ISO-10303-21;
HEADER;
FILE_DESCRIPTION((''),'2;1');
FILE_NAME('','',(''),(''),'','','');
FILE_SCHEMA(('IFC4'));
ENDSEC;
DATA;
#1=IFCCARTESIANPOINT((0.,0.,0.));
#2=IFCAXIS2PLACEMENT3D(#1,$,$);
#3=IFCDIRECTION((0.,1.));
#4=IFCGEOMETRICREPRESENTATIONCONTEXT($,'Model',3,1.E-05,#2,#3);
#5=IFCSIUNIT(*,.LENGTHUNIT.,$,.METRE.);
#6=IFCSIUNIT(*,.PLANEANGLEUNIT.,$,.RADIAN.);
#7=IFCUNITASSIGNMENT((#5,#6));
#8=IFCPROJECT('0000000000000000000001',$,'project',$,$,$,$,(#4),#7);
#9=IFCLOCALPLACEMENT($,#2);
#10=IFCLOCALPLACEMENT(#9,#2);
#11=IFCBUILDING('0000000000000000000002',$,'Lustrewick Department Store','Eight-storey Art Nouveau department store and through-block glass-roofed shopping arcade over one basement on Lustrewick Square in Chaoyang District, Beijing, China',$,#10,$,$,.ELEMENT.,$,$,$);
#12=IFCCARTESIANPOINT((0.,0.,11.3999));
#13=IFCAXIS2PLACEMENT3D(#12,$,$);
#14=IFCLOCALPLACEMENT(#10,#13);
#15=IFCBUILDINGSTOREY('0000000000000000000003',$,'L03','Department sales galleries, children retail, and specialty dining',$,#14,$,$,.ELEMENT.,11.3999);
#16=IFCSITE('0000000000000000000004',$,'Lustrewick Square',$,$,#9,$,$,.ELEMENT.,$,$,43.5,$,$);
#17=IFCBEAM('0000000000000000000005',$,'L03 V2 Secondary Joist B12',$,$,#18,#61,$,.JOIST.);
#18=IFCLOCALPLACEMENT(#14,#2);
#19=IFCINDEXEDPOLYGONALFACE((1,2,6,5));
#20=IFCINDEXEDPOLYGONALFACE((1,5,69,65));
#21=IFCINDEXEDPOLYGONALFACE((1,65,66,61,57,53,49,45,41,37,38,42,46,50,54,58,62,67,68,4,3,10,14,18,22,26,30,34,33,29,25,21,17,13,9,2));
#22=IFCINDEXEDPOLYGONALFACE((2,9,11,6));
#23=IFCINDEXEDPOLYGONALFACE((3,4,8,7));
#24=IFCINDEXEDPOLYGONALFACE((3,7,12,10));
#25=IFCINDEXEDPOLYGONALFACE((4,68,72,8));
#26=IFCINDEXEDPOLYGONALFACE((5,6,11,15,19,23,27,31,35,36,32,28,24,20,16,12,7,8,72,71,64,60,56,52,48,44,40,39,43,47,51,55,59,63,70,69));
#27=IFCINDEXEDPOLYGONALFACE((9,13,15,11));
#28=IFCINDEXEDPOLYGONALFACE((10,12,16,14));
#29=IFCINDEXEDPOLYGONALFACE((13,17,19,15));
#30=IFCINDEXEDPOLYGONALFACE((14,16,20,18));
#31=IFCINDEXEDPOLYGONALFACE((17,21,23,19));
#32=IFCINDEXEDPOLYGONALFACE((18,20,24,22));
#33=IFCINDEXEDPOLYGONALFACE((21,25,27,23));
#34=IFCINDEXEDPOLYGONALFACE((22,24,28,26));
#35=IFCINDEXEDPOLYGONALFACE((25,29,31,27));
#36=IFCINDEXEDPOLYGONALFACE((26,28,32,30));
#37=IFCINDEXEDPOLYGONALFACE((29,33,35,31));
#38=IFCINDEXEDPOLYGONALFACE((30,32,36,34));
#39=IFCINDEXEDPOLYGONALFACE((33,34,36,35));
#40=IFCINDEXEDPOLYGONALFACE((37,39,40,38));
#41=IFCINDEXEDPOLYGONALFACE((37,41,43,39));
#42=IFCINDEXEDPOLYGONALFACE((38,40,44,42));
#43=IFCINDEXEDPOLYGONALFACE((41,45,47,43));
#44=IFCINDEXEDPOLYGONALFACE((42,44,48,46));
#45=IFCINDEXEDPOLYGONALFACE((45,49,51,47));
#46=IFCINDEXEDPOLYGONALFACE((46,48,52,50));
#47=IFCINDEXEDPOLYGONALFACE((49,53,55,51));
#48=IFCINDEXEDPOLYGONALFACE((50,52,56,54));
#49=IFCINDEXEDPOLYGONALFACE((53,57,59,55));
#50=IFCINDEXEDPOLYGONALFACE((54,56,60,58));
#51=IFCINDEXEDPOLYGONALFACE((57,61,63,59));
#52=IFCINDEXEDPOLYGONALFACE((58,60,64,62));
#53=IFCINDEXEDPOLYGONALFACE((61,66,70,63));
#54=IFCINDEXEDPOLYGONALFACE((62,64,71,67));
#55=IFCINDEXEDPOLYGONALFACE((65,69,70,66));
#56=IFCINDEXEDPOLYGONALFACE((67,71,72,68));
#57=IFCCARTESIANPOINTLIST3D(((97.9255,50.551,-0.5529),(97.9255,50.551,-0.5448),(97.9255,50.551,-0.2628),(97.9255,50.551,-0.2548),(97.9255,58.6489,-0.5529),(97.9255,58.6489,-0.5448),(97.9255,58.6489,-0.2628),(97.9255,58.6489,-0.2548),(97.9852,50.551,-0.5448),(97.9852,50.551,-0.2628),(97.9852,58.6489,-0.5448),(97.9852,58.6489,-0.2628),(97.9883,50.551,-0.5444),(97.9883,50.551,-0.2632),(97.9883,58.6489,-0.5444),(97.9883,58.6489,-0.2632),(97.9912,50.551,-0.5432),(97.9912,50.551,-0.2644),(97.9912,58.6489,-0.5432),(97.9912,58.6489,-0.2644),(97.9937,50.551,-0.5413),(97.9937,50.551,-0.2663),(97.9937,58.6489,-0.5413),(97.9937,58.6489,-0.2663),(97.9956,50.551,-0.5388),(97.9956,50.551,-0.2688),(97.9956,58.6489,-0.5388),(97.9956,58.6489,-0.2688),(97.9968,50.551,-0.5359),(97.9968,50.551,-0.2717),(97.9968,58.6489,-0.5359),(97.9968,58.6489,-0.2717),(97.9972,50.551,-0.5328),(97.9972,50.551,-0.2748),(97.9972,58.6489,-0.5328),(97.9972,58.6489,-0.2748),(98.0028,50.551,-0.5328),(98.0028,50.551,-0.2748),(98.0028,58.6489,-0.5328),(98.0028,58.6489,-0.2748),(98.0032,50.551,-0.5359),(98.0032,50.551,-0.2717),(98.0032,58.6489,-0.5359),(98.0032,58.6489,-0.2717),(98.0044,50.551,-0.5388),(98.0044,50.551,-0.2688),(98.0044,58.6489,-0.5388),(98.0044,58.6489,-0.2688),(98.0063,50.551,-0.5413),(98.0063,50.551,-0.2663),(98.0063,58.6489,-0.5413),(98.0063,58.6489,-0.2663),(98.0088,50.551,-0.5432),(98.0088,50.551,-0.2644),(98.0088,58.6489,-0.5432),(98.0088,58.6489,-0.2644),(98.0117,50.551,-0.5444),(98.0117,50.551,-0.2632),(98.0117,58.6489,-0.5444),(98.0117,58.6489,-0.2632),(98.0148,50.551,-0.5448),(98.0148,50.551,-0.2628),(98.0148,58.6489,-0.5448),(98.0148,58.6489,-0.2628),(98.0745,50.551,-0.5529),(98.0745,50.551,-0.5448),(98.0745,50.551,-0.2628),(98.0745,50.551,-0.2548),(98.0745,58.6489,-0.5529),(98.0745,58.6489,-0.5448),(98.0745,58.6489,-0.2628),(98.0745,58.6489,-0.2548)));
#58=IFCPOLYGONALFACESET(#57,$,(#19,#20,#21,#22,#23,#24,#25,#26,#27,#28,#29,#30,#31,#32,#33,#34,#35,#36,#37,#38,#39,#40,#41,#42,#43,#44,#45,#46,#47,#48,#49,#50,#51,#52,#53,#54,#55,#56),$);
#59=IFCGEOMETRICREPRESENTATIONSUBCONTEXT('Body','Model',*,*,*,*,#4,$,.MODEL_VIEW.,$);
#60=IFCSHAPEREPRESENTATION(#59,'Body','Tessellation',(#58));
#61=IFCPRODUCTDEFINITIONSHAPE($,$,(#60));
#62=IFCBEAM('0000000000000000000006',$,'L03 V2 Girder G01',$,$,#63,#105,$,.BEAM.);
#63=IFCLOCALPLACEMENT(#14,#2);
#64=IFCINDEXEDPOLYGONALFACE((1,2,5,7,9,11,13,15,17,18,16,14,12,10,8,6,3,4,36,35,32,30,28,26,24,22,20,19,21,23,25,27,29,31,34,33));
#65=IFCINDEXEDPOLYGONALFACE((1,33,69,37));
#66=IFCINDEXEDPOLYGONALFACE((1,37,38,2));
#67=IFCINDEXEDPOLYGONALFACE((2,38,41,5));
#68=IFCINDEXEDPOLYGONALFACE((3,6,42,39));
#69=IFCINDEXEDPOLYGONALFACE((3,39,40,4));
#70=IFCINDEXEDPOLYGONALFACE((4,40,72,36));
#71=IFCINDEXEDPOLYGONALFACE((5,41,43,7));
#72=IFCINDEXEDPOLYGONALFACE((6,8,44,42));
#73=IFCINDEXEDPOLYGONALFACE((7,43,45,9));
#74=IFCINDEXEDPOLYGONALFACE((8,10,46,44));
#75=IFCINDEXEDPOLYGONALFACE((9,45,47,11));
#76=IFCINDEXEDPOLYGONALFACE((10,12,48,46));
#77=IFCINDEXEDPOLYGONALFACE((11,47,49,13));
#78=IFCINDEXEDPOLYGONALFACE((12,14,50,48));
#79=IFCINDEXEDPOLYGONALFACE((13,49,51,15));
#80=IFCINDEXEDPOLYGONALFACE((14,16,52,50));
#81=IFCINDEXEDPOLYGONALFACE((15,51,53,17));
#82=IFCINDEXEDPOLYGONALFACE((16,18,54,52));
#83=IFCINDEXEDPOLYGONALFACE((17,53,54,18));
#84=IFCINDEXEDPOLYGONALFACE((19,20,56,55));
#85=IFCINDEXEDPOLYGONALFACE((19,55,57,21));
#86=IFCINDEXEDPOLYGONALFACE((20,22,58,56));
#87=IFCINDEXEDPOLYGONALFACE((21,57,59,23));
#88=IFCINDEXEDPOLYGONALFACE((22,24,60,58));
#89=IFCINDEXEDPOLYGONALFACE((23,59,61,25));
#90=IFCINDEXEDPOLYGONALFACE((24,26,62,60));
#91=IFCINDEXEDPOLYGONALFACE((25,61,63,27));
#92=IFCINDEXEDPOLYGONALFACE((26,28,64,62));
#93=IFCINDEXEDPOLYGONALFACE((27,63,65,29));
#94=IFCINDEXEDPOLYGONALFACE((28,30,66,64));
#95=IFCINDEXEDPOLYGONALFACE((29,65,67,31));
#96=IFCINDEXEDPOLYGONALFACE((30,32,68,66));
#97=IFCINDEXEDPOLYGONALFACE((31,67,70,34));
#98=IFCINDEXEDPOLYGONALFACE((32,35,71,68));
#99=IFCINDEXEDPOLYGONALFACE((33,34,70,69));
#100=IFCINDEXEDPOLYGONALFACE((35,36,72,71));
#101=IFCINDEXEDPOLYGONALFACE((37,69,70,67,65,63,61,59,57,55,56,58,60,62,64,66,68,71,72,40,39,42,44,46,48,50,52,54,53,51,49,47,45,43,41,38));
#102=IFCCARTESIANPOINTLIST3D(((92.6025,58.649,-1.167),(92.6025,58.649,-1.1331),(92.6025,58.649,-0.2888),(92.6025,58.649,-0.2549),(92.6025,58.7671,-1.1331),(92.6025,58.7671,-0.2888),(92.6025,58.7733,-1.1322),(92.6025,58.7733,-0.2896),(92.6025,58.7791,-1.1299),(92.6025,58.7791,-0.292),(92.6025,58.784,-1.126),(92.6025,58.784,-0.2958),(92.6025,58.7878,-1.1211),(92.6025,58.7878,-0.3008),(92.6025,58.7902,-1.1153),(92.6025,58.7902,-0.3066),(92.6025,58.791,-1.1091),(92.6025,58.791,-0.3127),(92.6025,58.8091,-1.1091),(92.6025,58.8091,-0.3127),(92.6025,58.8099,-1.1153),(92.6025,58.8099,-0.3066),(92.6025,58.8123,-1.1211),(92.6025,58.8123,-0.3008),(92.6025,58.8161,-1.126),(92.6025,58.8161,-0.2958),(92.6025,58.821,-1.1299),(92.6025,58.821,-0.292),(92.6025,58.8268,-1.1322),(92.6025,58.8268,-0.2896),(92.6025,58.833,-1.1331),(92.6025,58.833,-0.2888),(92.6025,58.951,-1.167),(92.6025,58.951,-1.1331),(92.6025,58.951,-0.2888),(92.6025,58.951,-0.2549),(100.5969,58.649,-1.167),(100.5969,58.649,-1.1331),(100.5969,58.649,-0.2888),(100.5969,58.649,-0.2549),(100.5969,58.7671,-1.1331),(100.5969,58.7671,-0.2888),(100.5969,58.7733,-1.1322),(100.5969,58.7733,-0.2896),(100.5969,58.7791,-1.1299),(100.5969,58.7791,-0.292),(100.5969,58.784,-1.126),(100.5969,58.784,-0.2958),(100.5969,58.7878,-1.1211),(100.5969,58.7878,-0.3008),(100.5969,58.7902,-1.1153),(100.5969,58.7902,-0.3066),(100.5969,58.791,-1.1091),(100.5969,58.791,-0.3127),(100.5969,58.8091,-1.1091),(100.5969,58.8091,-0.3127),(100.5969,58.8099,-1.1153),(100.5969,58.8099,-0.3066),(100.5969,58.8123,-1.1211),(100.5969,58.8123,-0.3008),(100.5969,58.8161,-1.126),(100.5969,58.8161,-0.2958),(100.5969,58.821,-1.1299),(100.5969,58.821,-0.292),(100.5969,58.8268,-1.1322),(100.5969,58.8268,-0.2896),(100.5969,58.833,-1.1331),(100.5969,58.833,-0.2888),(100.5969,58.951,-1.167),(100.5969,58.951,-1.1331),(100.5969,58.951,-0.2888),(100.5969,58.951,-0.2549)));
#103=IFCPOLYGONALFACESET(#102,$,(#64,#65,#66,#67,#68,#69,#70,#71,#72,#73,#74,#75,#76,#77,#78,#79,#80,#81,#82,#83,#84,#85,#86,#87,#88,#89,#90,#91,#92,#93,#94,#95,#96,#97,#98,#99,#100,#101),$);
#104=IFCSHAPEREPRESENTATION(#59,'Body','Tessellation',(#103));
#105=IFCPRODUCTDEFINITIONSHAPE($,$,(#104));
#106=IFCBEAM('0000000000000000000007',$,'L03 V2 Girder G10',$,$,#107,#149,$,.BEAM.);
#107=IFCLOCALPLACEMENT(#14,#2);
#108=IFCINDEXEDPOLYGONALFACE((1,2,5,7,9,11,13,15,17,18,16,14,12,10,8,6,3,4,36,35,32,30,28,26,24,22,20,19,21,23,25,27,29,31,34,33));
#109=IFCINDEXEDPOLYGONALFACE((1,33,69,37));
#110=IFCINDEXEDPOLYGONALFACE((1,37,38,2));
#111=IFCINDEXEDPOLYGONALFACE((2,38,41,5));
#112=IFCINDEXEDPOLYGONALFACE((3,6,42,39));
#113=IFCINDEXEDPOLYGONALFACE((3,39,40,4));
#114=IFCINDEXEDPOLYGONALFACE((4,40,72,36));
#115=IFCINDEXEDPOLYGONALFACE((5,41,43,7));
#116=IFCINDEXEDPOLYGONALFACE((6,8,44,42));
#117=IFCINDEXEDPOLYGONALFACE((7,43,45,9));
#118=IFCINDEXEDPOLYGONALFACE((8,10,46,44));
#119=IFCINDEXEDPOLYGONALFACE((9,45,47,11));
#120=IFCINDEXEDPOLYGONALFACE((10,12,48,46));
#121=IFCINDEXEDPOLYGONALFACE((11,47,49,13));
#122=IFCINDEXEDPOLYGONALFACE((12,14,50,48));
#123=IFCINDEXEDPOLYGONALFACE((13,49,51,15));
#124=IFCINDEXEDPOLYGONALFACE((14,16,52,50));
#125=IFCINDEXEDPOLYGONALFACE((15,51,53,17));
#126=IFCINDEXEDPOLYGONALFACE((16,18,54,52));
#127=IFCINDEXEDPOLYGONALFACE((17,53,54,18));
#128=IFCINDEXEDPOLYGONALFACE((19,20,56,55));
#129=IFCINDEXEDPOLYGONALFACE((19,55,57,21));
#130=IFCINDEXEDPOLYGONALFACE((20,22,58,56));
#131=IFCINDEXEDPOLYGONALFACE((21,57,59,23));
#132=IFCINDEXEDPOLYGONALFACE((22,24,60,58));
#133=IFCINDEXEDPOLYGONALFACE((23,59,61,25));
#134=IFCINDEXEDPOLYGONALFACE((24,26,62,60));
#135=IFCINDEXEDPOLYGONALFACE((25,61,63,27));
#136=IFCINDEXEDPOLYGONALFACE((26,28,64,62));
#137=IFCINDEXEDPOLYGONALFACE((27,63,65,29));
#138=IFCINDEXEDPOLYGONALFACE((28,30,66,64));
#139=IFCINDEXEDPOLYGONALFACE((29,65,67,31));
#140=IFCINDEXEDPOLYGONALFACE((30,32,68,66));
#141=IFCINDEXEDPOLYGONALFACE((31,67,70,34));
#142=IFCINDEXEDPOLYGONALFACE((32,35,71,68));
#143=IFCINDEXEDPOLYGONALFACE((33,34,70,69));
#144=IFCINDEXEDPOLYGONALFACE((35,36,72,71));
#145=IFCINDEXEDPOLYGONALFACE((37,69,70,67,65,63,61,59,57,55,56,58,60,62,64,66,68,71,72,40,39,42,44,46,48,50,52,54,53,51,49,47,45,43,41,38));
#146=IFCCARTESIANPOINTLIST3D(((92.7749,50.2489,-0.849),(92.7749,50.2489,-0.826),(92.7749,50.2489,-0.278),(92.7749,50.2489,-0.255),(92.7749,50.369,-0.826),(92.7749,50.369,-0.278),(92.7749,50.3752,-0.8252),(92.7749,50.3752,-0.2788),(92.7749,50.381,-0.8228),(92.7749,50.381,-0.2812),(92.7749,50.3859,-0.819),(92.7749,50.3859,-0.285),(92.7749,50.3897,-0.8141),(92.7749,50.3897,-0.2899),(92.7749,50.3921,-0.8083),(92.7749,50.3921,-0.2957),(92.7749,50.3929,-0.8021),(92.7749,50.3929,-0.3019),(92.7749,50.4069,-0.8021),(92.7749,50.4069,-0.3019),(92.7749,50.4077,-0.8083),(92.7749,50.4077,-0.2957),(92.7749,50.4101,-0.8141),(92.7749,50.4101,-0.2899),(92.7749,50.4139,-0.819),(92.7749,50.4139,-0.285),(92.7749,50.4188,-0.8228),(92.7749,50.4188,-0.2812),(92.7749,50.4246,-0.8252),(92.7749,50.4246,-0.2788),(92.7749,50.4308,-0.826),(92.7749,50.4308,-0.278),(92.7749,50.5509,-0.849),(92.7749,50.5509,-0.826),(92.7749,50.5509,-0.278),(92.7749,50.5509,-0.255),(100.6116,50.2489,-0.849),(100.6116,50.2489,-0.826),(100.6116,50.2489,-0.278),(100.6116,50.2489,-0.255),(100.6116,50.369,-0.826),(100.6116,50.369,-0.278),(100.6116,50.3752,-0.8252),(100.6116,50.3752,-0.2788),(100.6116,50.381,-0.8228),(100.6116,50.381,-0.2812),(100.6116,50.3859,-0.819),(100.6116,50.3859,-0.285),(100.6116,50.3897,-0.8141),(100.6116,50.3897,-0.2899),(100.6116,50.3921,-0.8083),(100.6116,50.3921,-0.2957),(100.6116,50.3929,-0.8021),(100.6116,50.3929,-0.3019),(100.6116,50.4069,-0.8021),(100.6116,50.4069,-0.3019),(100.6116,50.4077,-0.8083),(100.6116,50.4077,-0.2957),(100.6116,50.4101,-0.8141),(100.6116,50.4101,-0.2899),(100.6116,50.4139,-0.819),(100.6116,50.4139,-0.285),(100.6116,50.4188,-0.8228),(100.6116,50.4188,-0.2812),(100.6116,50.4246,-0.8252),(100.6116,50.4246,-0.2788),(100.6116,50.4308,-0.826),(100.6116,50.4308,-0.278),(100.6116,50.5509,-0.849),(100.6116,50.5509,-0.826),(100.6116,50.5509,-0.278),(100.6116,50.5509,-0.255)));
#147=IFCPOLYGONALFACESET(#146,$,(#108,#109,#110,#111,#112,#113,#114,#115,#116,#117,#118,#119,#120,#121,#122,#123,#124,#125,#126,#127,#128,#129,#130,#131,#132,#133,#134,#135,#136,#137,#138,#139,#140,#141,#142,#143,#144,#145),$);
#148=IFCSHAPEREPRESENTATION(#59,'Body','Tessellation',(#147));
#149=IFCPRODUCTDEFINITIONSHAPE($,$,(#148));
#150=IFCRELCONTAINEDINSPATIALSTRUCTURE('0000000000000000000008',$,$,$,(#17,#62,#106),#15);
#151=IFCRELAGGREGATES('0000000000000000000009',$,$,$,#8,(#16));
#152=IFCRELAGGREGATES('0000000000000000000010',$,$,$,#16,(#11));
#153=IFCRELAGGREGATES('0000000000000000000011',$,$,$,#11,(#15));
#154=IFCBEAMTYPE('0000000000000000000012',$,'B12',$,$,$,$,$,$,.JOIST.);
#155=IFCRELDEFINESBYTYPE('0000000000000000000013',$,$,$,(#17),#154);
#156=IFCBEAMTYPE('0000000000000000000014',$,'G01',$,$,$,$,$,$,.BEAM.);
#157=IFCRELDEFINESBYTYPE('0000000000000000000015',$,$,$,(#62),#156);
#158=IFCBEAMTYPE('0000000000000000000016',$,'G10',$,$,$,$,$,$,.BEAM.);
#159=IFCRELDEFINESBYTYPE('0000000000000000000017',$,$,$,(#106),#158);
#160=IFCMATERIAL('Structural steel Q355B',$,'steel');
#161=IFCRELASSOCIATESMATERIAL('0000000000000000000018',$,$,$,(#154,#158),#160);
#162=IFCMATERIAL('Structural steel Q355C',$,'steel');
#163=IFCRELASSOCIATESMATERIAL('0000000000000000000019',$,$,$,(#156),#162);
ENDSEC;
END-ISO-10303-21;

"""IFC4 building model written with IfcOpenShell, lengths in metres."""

from ifc_helpers import new_model, si_unit, direction, frame, origin, origin_2d, place, context, subcontext, project, spatial, i_section, extrude, material, material_profile, profile_set, type_object, element, save


model = new_model("IFC4")

# Units and contexts
model_context = context("Model", 3, precision=1e-05, world=origin(), true_north=direction((0.0, 1.0)))
body_context = subcontext(model_context, "Body", "Model", "MODEL_VIEW")
ifc_project = project(units=[si_unit("LENGTHUNIT", "METRE"), si_unit("PLANEANGLEUNIT", "RADIAN")], contexts=[model_context])

# Site, building, storey
site_placement = place(None, origin())
site = spatial("IfcSite", under=ifc_project, at=site_placement, Name="Lustrewick Square", CompositionType="ELEMENT", RefElevation=43.5)
building_placement = place(site_placement, origin())
building = spatial("IfcBuilding", under=site, at=building_placement, Name="Lustrewick Department Store", Description="Eight-storey Art Nouveau department store and through-block glass-roofed shopping arcade over one basement on Lustrewick Square in Chaoyang District, Beijing, China", CompositionType="ELEMENT")
storey_placement = place(building_placement, frame((0.0, 0.0, 11.3999)))
storey = spatial("IfcBuildingStorey", under=building, at=storey_placement, Name="L03", Description="Department sales galleries, children retail, and specialty dining", CompositionType="ELEMENT", Elevation=11.3999)

# Shared definitions
ifc_material_1 = material(Name="Structural steel Q355C", Category="steel")
ifc_material_2 = material(Name="Structural steel Q355B", Category="steel")

# Beams
ifc_material_profile_1 = material_profile(ifc_material_2, i_section(OverallWidth=0.1489, OverallDepth=0.2981, WebThickness=0.0056, FlangeThickness=0.0081, FilletRadius=0.012, at=origin_2d()), Name="HN 298x149x5.5x8")
ifc_profile_set_1 = profile_set([ifc_material_profile_1], Name="Structural steel Q355B")
beam_type_1 = type_object("IfcBeamType", Name="B12", PredefinedType="JOIST", material=ifc_profile_set_1)
beam_1_placement = place(storey_placement, frame((98.0, 50.551, -0.4038), z_axis=(0.0, 1.0, 0.0), x_axis=(-1.0, 0.0, 0.0)))
element("IfcBeam", 1, at=beam_1_placement, inside=storey, type_object=beam_type_1, Name="L03 V2 Secondary Joist B12", PredefinedType="JOIST", context=body_context, shape_type="SweptSolid", body=[
    extrude(i_section(OverallWidth=0.1489, OverallDepth=0.2981, WebThickness=0.0056, FlangeThickness=0.0081, FilletRadius=0.012, at=origin_2d()), origin(), (0.0, 0.0, 1.0), 8.0979),
])
ifc_material_profile_2 = material_profile(ifc_material_1, i_section(OverallWidth=0.302, OverallDepth=0.9121, WebThickness=0.0181, FlangeThickness=0.0339, FilletRadius=0.0239, at=origin_2d()), Name="HN 912x302x18x34")
ifc_profile_set_2 = profile_set([ifc_material_profile_2], Name="Structural steel Q355C")
beam_type_2 = type_object("IfcBeamType", Name="G01", PredefinedType="BEAM", material=ifc_profile_set_2)
beam_2_placement = place(storey_placement, frame((92.6025, 58.8, -0.7109), z_axis=(1.0, 0.0, 0.0), x_axis=(0.0, 1.0, 0.0)))
element("IfcBeam", 2, at=beam_2_placement, inside=storey, type_object=beam_type_2, Name="L03 V2 Girder G01", PredefinedType="BEAM", context=body_context, shape_type="SweptSolid", body=[
    extrude(i_section(OverallWidth=0.302, OverallDepth=0.9121, WebThickness=0.0181, FlangeThickness=0.0339, FilletRadius=0.0239, at=origin_2d()), origin(), (0.0, 0.0, 1.0), 7.9944),
])
ifc_material_profile_3 = material_profile(ifc_material_2, i_section(OverallWidth=0.302, OverallDepth=0.594, WebThickness=0.0139, FlangeThickness=0.0229, FilletRadius=0.0239, at=origin_2d()), Name="HM 594x302x14x23")
ifc_profile_set_3 = profile_set([ifc_material_profile_3], Name="Structural steel Q355B")
beam_type_3 = type_object("IfcBeamType", Name="G10", PredefinedType="BEAM", material=ifc_profile_set_3)
beam_3_placement = place(storey_placement, frame((92.7749, 50.3999, -0.552), z_axis=(1.0, 0.0, 0.0), x_axis=(0.0, 1.0, 0.0)))
element("IfcBeam", 3, at=beam_3_placement, inside=storey, type_object=beam_type_3, Name="L03 V2 Girder G10", PredefinedType="BEAM", context=body_context, shape_type="SweptSolid", body=[
    extrude(i_section(OverallWidth=0.302, OverallDepth=0.594, WebThickness=0.0139, FlangeThickness=0.0229, FilletRadius=0.0239, at=origin_2d()), origin(), (0.0, 0.0, 1.0), 7.8367),
])

save(model, "model.ifc")
